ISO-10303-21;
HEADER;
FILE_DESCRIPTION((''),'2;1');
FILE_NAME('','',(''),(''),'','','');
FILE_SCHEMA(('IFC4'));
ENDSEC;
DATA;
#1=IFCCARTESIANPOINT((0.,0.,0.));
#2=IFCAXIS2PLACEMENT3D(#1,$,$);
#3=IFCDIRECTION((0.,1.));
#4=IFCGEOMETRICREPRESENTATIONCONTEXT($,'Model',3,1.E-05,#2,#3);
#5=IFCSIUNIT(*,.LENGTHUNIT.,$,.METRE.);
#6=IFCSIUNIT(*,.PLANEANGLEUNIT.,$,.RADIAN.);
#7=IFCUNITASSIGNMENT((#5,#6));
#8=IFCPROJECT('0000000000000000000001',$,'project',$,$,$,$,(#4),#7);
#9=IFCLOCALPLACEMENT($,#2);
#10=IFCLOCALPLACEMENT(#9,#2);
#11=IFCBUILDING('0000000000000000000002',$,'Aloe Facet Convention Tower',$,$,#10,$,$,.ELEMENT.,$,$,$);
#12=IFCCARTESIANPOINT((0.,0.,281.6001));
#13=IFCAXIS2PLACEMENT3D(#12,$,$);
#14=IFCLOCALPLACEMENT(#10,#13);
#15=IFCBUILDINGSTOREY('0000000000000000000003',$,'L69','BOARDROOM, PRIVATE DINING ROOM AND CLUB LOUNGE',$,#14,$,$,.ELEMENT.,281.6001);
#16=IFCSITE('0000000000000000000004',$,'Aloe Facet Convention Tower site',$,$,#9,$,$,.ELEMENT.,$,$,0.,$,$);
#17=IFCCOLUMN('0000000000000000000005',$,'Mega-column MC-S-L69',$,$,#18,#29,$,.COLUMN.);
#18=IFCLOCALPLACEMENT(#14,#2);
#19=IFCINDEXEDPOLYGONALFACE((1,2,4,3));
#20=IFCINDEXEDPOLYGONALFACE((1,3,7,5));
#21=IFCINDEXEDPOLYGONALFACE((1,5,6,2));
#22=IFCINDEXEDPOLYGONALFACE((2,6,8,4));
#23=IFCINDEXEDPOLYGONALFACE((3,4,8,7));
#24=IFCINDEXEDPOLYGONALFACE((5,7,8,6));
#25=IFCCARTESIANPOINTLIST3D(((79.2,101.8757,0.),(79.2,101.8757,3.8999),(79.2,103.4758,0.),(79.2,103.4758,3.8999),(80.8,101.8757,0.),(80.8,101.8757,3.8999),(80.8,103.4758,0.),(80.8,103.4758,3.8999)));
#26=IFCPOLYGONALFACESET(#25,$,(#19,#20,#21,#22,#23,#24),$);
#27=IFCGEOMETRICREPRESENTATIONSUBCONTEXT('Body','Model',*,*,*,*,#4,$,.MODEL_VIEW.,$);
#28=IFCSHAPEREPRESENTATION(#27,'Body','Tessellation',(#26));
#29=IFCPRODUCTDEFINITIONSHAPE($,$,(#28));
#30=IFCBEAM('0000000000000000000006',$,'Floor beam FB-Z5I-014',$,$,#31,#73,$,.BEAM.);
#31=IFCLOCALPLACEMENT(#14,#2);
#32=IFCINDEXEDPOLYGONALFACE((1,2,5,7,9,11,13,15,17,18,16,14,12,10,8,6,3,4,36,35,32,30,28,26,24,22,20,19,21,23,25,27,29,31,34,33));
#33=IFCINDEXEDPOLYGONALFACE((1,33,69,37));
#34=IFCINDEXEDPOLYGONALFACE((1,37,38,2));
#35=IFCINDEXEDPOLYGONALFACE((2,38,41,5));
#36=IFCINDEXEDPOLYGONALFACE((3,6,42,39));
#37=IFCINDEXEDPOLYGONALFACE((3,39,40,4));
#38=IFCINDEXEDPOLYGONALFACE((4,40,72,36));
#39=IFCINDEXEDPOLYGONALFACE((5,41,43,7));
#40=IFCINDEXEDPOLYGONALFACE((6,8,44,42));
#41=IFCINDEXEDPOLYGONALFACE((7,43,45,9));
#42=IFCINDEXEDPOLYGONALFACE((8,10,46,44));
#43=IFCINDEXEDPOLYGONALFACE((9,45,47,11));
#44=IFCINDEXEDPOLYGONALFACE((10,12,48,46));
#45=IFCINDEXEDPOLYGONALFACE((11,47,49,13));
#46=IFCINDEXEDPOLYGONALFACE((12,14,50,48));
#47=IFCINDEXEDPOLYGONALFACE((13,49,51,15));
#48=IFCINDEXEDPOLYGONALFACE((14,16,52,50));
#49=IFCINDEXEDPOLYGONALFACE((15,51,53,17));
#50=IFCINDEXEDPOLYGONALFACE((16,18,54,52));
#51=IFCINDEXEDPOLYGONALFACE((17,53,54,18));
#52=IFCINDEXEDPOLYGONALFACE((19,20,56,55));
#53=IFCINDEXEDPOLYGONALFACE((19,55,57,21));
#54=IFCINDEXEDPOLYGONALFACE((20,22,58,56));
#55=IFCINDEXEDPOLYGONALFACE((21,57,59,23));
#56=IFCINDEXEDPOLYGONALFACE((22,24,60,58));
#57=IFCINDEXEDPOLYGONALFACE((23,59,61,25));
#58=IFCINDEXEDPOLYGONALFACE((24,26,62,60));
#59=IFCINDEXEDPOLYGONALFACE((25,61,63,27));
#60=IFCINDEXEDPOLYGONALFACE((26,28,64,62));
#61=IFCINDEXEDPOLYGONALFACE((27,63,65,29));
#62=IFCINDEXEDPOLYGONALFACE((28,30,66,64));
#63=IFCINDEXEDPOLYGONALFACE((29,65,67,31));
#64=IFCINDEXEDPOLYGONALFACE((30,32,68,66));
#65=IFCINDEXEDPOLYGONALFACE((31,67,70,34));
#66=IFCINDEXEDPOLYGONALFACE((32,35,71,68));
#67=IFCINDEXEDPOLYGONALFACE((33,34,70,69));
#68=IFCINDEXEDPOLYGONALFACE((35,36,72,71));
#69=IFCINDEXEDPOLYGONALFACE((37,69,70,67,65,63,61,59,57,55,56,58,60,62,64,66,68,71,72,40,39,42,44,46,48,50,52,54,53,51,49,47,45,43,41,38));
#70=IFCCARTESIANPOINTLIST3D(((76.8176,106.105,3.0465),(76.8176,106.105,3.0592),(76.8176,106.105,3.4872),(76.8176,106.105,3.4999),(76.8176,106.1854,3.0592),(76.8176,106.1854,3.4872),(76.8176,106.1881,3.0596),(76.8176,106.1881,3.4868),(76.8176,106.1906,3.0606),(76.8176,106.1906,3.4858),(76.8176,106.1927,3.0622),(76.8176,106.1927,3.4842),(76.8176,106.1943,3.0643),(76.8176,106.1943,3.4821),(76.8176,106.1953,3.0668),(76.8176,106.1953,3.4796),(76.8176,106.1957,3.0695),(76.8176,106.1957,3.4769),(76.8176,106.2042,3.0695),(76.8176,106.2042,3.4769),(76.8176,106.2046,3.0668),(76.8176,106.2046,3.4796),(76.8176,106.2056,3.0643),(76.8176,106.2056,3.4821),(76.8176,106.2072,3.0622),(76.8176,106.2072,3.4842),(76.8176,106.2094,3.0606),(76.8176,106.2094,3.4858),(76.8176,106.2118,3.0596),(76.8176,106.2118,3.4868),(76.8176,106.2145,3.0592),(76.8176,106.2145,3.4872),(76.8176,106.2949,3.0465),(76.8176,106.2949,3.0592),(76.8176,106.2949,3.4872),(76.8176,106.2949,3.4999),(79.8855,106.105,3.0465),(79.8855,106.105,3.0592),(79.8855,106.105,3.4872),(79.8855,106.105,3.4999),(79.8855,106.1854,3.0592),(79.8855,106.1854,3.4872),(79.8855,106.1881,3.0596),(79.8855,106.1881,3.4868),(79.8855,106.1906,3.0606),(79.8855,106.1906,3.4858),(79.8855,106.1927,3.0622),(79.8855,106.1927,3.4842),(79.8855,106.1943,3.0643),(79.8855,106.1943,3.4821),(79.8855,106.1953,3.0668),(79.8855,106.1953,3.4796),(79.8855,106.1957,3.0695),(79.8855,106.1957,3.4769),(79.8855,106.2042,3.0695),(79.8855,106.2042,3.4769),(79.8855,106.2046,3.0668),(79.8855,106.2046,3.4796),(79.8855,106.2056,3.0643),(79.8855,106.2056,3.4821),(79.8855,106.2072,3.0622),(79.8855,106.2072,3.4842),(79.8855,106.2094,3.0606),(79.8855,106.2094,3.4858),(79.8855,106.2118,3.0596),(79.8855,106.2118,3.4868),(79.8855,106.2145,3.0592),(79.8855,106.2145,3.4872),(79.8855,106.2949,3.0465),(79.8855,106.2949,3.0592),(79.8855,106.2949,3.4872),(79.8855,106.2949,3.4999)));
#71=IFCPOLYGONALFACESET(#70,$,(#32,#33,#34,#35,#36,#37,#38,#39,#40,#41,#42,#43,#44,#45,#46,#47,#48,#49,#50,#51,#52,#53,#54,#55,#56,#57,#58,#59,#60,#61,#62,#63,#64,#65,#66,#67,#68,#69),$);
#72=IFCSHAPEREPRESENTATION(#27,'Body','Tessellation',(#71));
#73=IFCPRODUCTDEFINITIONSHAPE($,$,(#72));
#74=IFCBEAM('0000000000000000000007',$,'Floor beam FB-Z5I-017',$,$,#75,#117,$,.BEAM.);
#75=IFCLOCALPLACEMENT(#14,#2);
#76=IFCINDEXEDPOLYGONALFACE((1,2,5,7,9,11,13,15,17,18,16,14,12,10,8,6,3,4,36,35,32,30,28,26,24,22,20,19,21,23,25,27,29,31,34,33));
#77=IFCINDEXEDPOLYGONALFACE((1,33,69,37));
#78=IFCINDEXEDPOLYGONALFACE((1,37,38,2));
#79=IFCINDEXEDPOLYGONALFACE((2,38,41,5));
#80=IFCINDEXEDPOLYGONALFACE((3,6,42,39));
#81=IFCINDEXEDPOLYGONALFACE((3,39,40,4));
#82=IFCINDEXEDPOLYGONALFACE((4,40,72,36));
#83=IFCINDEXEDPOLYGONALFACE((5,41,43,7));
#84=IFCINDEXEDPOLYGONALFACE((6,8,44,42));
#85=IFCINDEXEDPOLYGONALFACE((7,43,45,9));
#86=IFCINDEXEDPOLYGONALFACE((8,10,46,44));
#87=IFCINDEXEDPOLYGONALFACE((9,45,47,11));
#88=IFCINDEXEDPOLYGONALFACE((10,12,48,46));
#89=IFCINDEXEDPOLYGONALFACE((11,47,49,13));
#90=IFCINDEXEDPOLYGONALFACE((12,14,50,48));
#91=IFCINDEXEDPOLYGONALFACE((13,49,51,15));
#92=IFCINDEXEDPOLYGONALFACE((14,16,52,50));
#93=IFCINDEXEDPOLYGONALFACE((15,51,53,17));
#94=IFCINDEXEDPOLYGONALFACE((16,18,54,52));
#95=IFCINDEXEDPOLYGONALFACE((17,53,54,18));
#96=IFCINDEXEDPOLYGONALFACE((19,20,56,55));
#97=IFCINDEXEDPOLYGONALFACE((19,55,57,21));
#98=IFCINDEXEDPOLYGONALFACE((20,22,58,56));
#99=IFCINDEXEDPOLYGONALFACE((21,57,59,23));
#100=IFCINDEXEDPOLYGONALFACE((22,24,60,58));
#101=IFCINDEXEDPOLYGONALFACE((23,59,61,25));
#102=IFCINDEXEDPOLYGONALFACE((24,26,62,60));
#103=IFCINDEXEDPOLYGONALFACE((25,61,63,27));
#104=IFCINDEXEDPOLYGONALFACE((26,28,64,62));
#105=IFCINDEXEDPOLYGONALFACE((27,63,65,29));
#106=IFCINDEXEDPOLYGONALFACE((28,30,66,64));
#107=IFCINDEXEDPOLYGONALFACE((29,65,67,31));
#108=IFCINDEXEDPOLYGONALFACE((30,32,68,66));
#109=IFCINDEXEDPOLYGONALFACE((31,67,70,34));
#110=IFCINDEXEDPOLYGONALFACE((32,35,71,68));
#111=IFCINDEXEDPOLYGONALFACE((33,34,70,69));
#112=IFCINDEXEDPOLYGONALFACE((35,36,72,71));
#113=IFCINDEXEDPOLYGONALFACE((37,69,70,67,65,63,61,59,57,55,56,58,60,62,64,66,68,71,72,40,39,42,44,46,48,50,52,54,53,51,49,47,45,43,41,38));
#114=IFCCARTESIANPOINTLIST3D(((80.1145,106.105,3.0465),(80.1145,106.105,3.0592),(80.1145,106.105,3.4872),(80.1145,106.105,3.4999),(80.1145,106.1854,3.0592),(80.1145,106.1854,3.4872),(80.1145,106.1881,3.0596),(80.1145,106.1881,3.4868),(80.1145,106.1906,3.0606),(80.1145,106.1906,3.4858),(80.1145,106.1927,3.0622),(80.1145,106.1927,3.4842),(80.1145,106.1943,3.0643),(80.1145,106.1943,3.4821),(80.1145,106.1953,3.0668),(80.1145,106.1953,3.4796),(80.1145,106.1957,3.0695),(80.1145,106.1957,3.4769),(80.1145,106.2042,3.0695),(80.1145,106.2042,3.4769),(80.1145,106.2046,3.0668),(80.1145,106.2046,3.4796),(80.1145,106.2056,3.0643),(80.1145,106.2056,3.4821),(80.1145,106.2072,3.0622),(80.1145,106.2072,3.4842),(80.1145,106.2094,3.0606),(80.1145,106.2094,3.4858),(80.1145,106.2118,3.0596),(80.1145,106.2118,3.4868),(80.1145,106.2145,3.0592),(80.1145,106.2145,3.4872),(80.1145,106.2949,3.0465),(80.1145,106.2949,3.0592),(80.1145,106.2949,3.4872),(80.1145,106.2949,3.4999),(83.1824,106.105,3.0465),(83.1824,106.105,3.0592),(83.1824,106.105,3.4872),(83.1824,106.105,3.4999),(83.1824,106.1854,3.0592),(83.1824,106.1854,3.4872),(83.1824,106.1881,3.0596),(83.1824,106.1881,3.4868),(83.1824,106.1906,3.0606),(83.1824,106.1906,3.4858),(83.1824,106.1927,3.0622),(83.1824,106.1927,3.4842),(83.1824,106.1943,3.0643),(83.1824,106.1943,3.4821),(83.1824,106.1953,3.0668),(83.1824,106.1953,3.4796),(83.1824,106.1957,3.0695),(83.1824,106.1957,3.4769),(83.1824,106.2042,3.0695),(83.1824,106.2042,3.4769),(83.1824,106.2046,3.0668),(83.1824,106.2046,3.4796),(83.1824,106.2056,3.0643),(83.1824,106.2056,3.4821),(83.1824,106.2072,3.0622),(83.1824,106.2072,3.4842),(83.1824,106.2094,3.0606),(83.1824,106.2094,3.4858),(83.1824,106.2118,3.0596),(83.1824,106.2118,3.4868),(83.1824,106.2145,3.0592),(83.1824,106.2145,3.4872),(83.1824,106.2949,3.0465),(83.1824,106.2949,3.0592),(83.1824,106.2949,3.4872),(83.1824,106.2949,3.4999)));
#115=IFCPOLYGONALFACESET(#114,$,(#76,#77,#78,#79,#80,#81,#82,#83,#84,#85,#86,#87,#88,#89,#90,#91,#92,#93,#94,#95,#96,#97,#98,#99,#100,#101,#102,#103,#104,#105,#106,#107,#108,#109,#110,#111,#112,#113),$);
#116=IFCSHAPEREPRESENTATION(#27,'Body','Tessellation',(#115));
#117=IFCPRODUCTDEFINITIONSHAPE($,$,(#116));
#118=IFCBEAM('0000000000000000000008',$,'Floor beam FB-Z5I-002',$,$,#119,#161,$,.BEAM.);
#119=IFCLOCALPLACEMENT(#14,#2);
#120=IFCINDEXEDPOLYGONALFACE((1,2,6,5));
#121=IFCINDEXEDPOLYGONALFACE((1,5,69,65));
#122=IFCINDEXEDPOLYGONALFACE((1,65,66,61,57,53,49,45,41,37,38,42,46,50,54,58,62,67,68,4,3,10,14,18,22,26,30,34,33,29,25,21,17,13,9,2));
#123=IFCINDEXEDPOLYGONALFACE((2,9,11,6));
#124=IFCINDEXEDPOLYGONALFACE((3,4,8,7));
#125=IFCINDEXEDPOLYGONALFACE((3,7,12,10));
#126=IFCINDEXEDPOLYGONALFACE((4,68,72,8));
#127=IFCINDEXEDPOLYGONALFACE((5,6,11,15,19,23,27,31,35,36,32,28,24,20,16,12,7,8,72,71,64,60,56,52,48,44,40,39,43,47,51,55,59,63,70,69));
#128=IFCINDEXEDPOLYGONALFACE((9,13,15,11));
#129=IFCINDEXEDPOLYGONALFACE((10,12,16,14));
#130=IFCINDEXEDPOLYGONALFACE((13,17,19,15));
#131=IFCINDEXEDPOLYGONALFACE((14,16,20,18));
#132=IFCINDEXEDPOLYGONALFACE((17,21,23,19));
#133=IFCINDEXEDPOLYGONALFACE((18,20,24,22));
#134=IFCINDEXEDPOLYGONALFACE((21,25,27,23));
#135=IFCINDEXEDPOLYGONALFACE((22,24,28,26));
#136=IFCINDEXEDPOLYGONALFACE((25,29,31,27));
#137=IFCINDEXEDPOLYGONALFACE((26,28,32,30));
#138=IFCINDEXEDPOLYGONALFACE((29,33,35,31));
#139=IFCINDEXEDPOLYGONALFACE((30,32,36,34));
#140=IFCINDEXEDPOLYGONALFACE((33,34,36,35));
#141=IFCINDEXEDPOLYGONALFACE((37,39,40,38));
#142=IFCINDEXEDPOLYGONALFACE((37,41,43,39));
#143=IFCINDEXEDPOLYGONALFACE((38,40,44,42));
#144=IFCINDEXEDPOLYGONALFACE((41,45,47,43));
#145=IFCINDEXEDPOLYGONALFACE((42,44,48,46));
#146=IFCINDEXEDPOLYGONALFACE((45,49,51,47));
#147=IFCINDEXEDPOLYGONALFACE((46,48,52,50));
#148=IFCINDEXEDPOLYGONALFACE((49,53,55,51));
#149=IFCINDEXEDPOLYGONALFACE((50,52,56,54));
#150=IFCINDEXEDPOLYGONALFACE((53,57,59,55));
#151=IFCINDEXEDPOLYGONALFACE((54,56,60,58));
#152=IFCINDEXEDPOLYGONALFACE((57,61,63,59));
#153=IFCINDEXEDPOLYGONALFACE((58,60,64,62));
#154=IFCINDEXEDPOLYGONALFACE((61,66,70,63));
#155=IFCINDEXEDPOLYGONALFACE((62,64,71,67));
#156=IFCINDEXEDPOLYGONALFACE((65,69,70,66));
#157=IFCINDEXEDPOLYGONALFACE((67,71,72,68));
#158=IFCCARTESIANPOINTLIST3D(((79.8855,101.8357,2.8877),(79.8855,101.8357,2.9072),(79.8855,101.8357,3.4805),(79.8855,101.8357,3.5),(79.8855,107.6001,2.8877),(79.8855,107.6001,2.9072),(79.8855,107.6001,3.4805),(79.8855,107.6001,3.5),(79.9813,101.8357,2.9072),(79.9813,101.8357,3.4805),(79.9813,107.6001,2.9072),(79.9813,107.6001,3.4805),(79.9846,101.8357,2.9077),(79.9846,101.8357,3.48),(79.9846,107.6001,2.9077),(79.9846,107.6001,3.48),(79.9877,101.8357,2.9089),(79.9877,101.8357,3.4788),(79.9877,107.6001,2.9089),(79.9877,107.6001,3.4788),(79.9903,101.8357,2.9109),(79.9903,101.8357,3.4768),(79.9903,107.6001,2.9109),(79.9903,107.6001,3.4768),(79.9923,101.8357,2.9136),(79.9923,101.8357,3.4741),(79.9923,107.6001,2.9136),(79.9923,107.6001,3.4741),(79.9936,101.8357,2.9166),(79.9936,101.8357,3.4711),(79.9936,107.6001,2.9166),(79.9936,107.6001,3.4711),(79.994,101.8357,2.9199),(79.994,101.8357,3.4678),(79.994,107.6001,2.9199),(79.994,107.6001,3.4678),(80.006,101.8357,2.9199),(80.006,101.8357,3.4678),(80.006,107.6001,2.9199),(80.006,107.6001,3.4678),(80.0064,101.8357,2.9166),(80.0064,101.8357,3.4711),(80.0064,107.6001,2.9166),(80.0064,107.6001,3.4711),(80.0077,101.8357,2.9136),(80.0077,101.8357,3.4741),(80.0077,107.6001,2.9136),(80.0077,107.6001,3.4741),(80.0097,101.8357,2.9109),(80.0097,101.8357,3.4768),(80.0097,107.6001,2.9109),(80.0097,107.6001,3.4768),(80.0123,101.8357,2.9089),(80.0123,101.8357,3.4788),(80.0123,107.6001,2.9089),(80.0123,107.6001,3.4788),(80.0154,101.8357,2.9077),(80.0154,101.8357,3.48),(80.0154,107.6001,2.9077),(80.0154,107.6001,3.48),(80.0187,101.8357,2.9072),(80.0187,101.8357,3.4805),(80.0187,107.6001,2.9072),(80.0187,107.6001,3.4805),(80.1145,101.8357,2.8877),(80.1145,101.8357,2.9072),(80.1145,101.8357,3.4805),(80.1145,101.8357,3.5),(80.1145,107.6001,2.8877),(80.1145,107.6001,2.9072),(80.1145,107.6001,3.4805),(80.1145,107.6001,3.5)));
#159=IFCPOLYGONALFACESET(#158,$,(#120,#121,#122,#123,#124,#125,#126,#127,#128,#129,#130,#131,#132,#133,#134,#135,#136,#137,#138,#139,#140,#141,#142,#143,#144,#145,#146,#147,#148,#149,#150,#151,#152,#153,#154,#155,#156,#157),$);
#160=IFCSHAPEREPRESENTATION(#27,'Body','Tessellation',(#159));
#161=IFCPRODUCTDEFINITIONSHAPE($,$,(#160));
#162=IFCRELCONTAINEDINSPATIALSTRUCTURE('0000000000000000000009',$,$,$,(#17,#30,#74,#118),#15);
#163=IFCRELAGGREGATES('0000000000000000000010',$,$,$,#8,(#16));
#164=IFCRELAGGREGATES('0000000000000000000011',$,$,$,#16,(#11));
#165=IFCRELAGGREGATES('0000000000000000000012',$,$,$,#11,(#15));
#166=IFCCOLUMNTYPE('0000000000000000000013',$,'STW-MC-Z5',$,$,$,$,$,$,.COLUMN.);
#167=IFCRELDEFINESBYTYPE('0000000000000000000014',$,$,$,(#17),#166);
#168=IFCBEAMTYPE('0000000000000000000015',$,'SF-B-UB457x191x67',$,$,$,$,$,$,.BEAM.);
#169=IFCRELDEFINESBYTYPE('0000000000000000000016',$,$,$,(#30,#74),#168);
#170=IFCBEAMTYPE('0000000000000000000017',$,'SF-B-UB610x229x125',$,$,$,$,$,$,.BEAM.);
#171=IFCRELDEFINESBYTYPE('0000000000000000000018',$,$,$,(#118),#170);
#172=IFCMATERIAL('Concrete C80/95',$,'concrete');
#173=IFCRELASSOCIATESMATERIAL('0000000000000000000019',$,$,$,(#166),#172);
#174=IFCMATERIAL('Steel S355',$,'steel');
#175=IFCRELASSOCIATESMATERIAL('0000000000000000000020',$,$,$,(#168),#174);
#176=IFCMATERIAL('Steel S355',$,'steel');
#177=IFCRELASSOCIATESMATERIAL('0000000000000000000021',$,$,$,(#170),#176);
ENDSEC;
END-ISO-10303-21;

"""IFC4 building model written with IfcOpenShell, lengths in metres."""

from ifc_helpers import new_model, si_unit, direction, frame, origin, origin_2d, place, context, subcontext, project, spatial, rectangle, i_section, extrude, material, material_profile, profile_set, type_object, element, save


model = new_model("IFC4")

# Units and contexts
model_context = context("Model", 3, precision=1e-05, world=origin(), true_north=direction((0.0, 1.0)))
body_context = subcontext(model_context, "Body", "Model", "MODEL_VIEW")
ifc_project = project(units=[si_unit("LENGTHUNIT", "METRE"), si_unit("PLANEANGLEUNIT", "RADIAN")], contexts=[model_context])

# Site, building, storey
site_placement = place(None, origin())
site = spatial("IfcSite", under=ifc_project, at=site_placement, Name="Aloe Facet Convention Tower site", CompositionType="ELEMENT", RefElevation=0.0)
building_placement = place(site_placement, origin())
building = spatial("IfcBuilding", under=site, at=building_placement, Name="Aloe Facet Convention Tower", CompositionType="ELEMENT")
storey_placement = place(building_placement, frame((0.0, 0.0, 281.6001)))
storey = spatial("IfcBuildingStorey", under=building, at=storey_placement, Name="L69", Description="BOARDROOM, PRIVATE DINING ROOM AND CLUB LOUNGE", CompositionType="ELEMENT", Elevation=281.6001)

# Column
ifc_material_1 = material(Name="Concrete C80/95", Category="concrete")
ifc_material_profile_1 = material_profile(ifc_material_1, rectangle(XDim=1.6001, YDim=1.6001, at=origin_2d()), Name="STW-MC-Z5")
ifc_profile_set_1 = profile_set([ifc_material_profile_1], Name="Concrete C80/95")
column_type = type_object("IfcColumnType", Name="STW-MC-Z5", PredefinedType="COLUMN", material=ifc_profile_set_1)
column_placement = place(storey_placement, frame((80.0, 102.6758, 0.0), z_axis=(0.0, 0.0, 1.0), x_axis=(1.0, 0.0, 0.0)))
element("IfcColumn", 1, at=column_placement, inside=storey, type_object=column_type, Name="Mega-column MC-S-L69", PredefinedType="COLUMN", context=body_context, shape_type="SweptSolid", body=[
    extrude(rectangle(XDim=1.6001, YDim=1.6001, at=origin_2d()), origin(), (0.0, 0.0, 1.0), 3.8999),
])

# Beams
ifc_material_2 = material(Name="Steel S355", Category="steel")
ifc_material_profile_2 = material_profile(ifc_material_2, i_section(OverallWidth=0.1899, OverallDepth=0.4534, WebThickness=0.0085, FlangeThickness=0.0127, FilletRadius=0.0103, at=origin_2d()), Name="UB 457x191x67")
ifc_profile_set_2 = profile_set([ifc_material_profile_2], Name="Steel S355")
beam_type_1 = type_object("IfcBeamType", Name="SF-B-UB457x191x67", PredefinedType="BEAM", material=ifc_profile_set_2)
for number, where, z_axis, x_axis, name in (
    (2, (76.8176, 106.2, 3.2732), (1.0, 0.0, 0.0), (0.0, 1.0, 0.0), "Floor beam FB-Z5I-014"),
    (3, (80.1145, 106.2, 3.2732), (1.0, 0.0, 0.0), (0.0, 1.0, 0.0), "Floor beam FB-Z5I-017"),
):
    element("IfcBeam", number, at=place(storey_placement, frame(where, z_axis=z_axis, x_axis=x_axis)), inside=storey, type_object=beam_type_1, Name=name, PredefinedType="BEAM", context=body_context, shape_type="SweptSolid", body=[
        extrude(i_section(OverallWidth=0.1899, OverallDepth=0.4534, WebThickness=0.0085, FlangeThickness=0.0127, FilletRadius=0.0103, at=origin_2d()), origin(), (0.0, 0.0, 1.0), 3.0679),
    ])
ifc_material_3 = material(Name="Steel S355", Category="steel")
ifc_material_profile_3 = material_profile(ifc_material_3, i_section(OverallWidth=0.229, OverallDepth=0.6123, WebThickness=0.012, FlangeThickness=0.0195, FilletRadius=0.0127, at=origin_2d()), Name="UB 610x229x125")
ifc_profile_set_3 = profile_set([ifc_material_profile_3], Name="Steel S355")
beam_type_2 = type_object("IfcBeamType", Name="SF-B-UB610x229x125", PredefinedType="BEAM", material=ifc_profile_set_3)
beam_placement = place(storey_placement, frame((80.0, 107.6001, 3.1938), z_axis=(0.0, -1.0, 0.0), x_axis=(1.0, 0.0, 0.0)))
element("IfcBeam", 4, at=beam_placement, inside=storey, type_object=beam_type_2, Name="Floor beam FB-Z5I-002", PredefinedType="BEAM", context=body_context, shape_type="SweptSolid", body=[
    extrude(i_section(OverallWidth=0.229, OverallDepth=0.6123, WebThickness=0.012, FlangeThickness=0.0195, FilletRadius=0.0127, at=origin_2d()), origin(), (0.0, 0.0, 1.0), 5.7644),
])

save(model, "model.ifc")
